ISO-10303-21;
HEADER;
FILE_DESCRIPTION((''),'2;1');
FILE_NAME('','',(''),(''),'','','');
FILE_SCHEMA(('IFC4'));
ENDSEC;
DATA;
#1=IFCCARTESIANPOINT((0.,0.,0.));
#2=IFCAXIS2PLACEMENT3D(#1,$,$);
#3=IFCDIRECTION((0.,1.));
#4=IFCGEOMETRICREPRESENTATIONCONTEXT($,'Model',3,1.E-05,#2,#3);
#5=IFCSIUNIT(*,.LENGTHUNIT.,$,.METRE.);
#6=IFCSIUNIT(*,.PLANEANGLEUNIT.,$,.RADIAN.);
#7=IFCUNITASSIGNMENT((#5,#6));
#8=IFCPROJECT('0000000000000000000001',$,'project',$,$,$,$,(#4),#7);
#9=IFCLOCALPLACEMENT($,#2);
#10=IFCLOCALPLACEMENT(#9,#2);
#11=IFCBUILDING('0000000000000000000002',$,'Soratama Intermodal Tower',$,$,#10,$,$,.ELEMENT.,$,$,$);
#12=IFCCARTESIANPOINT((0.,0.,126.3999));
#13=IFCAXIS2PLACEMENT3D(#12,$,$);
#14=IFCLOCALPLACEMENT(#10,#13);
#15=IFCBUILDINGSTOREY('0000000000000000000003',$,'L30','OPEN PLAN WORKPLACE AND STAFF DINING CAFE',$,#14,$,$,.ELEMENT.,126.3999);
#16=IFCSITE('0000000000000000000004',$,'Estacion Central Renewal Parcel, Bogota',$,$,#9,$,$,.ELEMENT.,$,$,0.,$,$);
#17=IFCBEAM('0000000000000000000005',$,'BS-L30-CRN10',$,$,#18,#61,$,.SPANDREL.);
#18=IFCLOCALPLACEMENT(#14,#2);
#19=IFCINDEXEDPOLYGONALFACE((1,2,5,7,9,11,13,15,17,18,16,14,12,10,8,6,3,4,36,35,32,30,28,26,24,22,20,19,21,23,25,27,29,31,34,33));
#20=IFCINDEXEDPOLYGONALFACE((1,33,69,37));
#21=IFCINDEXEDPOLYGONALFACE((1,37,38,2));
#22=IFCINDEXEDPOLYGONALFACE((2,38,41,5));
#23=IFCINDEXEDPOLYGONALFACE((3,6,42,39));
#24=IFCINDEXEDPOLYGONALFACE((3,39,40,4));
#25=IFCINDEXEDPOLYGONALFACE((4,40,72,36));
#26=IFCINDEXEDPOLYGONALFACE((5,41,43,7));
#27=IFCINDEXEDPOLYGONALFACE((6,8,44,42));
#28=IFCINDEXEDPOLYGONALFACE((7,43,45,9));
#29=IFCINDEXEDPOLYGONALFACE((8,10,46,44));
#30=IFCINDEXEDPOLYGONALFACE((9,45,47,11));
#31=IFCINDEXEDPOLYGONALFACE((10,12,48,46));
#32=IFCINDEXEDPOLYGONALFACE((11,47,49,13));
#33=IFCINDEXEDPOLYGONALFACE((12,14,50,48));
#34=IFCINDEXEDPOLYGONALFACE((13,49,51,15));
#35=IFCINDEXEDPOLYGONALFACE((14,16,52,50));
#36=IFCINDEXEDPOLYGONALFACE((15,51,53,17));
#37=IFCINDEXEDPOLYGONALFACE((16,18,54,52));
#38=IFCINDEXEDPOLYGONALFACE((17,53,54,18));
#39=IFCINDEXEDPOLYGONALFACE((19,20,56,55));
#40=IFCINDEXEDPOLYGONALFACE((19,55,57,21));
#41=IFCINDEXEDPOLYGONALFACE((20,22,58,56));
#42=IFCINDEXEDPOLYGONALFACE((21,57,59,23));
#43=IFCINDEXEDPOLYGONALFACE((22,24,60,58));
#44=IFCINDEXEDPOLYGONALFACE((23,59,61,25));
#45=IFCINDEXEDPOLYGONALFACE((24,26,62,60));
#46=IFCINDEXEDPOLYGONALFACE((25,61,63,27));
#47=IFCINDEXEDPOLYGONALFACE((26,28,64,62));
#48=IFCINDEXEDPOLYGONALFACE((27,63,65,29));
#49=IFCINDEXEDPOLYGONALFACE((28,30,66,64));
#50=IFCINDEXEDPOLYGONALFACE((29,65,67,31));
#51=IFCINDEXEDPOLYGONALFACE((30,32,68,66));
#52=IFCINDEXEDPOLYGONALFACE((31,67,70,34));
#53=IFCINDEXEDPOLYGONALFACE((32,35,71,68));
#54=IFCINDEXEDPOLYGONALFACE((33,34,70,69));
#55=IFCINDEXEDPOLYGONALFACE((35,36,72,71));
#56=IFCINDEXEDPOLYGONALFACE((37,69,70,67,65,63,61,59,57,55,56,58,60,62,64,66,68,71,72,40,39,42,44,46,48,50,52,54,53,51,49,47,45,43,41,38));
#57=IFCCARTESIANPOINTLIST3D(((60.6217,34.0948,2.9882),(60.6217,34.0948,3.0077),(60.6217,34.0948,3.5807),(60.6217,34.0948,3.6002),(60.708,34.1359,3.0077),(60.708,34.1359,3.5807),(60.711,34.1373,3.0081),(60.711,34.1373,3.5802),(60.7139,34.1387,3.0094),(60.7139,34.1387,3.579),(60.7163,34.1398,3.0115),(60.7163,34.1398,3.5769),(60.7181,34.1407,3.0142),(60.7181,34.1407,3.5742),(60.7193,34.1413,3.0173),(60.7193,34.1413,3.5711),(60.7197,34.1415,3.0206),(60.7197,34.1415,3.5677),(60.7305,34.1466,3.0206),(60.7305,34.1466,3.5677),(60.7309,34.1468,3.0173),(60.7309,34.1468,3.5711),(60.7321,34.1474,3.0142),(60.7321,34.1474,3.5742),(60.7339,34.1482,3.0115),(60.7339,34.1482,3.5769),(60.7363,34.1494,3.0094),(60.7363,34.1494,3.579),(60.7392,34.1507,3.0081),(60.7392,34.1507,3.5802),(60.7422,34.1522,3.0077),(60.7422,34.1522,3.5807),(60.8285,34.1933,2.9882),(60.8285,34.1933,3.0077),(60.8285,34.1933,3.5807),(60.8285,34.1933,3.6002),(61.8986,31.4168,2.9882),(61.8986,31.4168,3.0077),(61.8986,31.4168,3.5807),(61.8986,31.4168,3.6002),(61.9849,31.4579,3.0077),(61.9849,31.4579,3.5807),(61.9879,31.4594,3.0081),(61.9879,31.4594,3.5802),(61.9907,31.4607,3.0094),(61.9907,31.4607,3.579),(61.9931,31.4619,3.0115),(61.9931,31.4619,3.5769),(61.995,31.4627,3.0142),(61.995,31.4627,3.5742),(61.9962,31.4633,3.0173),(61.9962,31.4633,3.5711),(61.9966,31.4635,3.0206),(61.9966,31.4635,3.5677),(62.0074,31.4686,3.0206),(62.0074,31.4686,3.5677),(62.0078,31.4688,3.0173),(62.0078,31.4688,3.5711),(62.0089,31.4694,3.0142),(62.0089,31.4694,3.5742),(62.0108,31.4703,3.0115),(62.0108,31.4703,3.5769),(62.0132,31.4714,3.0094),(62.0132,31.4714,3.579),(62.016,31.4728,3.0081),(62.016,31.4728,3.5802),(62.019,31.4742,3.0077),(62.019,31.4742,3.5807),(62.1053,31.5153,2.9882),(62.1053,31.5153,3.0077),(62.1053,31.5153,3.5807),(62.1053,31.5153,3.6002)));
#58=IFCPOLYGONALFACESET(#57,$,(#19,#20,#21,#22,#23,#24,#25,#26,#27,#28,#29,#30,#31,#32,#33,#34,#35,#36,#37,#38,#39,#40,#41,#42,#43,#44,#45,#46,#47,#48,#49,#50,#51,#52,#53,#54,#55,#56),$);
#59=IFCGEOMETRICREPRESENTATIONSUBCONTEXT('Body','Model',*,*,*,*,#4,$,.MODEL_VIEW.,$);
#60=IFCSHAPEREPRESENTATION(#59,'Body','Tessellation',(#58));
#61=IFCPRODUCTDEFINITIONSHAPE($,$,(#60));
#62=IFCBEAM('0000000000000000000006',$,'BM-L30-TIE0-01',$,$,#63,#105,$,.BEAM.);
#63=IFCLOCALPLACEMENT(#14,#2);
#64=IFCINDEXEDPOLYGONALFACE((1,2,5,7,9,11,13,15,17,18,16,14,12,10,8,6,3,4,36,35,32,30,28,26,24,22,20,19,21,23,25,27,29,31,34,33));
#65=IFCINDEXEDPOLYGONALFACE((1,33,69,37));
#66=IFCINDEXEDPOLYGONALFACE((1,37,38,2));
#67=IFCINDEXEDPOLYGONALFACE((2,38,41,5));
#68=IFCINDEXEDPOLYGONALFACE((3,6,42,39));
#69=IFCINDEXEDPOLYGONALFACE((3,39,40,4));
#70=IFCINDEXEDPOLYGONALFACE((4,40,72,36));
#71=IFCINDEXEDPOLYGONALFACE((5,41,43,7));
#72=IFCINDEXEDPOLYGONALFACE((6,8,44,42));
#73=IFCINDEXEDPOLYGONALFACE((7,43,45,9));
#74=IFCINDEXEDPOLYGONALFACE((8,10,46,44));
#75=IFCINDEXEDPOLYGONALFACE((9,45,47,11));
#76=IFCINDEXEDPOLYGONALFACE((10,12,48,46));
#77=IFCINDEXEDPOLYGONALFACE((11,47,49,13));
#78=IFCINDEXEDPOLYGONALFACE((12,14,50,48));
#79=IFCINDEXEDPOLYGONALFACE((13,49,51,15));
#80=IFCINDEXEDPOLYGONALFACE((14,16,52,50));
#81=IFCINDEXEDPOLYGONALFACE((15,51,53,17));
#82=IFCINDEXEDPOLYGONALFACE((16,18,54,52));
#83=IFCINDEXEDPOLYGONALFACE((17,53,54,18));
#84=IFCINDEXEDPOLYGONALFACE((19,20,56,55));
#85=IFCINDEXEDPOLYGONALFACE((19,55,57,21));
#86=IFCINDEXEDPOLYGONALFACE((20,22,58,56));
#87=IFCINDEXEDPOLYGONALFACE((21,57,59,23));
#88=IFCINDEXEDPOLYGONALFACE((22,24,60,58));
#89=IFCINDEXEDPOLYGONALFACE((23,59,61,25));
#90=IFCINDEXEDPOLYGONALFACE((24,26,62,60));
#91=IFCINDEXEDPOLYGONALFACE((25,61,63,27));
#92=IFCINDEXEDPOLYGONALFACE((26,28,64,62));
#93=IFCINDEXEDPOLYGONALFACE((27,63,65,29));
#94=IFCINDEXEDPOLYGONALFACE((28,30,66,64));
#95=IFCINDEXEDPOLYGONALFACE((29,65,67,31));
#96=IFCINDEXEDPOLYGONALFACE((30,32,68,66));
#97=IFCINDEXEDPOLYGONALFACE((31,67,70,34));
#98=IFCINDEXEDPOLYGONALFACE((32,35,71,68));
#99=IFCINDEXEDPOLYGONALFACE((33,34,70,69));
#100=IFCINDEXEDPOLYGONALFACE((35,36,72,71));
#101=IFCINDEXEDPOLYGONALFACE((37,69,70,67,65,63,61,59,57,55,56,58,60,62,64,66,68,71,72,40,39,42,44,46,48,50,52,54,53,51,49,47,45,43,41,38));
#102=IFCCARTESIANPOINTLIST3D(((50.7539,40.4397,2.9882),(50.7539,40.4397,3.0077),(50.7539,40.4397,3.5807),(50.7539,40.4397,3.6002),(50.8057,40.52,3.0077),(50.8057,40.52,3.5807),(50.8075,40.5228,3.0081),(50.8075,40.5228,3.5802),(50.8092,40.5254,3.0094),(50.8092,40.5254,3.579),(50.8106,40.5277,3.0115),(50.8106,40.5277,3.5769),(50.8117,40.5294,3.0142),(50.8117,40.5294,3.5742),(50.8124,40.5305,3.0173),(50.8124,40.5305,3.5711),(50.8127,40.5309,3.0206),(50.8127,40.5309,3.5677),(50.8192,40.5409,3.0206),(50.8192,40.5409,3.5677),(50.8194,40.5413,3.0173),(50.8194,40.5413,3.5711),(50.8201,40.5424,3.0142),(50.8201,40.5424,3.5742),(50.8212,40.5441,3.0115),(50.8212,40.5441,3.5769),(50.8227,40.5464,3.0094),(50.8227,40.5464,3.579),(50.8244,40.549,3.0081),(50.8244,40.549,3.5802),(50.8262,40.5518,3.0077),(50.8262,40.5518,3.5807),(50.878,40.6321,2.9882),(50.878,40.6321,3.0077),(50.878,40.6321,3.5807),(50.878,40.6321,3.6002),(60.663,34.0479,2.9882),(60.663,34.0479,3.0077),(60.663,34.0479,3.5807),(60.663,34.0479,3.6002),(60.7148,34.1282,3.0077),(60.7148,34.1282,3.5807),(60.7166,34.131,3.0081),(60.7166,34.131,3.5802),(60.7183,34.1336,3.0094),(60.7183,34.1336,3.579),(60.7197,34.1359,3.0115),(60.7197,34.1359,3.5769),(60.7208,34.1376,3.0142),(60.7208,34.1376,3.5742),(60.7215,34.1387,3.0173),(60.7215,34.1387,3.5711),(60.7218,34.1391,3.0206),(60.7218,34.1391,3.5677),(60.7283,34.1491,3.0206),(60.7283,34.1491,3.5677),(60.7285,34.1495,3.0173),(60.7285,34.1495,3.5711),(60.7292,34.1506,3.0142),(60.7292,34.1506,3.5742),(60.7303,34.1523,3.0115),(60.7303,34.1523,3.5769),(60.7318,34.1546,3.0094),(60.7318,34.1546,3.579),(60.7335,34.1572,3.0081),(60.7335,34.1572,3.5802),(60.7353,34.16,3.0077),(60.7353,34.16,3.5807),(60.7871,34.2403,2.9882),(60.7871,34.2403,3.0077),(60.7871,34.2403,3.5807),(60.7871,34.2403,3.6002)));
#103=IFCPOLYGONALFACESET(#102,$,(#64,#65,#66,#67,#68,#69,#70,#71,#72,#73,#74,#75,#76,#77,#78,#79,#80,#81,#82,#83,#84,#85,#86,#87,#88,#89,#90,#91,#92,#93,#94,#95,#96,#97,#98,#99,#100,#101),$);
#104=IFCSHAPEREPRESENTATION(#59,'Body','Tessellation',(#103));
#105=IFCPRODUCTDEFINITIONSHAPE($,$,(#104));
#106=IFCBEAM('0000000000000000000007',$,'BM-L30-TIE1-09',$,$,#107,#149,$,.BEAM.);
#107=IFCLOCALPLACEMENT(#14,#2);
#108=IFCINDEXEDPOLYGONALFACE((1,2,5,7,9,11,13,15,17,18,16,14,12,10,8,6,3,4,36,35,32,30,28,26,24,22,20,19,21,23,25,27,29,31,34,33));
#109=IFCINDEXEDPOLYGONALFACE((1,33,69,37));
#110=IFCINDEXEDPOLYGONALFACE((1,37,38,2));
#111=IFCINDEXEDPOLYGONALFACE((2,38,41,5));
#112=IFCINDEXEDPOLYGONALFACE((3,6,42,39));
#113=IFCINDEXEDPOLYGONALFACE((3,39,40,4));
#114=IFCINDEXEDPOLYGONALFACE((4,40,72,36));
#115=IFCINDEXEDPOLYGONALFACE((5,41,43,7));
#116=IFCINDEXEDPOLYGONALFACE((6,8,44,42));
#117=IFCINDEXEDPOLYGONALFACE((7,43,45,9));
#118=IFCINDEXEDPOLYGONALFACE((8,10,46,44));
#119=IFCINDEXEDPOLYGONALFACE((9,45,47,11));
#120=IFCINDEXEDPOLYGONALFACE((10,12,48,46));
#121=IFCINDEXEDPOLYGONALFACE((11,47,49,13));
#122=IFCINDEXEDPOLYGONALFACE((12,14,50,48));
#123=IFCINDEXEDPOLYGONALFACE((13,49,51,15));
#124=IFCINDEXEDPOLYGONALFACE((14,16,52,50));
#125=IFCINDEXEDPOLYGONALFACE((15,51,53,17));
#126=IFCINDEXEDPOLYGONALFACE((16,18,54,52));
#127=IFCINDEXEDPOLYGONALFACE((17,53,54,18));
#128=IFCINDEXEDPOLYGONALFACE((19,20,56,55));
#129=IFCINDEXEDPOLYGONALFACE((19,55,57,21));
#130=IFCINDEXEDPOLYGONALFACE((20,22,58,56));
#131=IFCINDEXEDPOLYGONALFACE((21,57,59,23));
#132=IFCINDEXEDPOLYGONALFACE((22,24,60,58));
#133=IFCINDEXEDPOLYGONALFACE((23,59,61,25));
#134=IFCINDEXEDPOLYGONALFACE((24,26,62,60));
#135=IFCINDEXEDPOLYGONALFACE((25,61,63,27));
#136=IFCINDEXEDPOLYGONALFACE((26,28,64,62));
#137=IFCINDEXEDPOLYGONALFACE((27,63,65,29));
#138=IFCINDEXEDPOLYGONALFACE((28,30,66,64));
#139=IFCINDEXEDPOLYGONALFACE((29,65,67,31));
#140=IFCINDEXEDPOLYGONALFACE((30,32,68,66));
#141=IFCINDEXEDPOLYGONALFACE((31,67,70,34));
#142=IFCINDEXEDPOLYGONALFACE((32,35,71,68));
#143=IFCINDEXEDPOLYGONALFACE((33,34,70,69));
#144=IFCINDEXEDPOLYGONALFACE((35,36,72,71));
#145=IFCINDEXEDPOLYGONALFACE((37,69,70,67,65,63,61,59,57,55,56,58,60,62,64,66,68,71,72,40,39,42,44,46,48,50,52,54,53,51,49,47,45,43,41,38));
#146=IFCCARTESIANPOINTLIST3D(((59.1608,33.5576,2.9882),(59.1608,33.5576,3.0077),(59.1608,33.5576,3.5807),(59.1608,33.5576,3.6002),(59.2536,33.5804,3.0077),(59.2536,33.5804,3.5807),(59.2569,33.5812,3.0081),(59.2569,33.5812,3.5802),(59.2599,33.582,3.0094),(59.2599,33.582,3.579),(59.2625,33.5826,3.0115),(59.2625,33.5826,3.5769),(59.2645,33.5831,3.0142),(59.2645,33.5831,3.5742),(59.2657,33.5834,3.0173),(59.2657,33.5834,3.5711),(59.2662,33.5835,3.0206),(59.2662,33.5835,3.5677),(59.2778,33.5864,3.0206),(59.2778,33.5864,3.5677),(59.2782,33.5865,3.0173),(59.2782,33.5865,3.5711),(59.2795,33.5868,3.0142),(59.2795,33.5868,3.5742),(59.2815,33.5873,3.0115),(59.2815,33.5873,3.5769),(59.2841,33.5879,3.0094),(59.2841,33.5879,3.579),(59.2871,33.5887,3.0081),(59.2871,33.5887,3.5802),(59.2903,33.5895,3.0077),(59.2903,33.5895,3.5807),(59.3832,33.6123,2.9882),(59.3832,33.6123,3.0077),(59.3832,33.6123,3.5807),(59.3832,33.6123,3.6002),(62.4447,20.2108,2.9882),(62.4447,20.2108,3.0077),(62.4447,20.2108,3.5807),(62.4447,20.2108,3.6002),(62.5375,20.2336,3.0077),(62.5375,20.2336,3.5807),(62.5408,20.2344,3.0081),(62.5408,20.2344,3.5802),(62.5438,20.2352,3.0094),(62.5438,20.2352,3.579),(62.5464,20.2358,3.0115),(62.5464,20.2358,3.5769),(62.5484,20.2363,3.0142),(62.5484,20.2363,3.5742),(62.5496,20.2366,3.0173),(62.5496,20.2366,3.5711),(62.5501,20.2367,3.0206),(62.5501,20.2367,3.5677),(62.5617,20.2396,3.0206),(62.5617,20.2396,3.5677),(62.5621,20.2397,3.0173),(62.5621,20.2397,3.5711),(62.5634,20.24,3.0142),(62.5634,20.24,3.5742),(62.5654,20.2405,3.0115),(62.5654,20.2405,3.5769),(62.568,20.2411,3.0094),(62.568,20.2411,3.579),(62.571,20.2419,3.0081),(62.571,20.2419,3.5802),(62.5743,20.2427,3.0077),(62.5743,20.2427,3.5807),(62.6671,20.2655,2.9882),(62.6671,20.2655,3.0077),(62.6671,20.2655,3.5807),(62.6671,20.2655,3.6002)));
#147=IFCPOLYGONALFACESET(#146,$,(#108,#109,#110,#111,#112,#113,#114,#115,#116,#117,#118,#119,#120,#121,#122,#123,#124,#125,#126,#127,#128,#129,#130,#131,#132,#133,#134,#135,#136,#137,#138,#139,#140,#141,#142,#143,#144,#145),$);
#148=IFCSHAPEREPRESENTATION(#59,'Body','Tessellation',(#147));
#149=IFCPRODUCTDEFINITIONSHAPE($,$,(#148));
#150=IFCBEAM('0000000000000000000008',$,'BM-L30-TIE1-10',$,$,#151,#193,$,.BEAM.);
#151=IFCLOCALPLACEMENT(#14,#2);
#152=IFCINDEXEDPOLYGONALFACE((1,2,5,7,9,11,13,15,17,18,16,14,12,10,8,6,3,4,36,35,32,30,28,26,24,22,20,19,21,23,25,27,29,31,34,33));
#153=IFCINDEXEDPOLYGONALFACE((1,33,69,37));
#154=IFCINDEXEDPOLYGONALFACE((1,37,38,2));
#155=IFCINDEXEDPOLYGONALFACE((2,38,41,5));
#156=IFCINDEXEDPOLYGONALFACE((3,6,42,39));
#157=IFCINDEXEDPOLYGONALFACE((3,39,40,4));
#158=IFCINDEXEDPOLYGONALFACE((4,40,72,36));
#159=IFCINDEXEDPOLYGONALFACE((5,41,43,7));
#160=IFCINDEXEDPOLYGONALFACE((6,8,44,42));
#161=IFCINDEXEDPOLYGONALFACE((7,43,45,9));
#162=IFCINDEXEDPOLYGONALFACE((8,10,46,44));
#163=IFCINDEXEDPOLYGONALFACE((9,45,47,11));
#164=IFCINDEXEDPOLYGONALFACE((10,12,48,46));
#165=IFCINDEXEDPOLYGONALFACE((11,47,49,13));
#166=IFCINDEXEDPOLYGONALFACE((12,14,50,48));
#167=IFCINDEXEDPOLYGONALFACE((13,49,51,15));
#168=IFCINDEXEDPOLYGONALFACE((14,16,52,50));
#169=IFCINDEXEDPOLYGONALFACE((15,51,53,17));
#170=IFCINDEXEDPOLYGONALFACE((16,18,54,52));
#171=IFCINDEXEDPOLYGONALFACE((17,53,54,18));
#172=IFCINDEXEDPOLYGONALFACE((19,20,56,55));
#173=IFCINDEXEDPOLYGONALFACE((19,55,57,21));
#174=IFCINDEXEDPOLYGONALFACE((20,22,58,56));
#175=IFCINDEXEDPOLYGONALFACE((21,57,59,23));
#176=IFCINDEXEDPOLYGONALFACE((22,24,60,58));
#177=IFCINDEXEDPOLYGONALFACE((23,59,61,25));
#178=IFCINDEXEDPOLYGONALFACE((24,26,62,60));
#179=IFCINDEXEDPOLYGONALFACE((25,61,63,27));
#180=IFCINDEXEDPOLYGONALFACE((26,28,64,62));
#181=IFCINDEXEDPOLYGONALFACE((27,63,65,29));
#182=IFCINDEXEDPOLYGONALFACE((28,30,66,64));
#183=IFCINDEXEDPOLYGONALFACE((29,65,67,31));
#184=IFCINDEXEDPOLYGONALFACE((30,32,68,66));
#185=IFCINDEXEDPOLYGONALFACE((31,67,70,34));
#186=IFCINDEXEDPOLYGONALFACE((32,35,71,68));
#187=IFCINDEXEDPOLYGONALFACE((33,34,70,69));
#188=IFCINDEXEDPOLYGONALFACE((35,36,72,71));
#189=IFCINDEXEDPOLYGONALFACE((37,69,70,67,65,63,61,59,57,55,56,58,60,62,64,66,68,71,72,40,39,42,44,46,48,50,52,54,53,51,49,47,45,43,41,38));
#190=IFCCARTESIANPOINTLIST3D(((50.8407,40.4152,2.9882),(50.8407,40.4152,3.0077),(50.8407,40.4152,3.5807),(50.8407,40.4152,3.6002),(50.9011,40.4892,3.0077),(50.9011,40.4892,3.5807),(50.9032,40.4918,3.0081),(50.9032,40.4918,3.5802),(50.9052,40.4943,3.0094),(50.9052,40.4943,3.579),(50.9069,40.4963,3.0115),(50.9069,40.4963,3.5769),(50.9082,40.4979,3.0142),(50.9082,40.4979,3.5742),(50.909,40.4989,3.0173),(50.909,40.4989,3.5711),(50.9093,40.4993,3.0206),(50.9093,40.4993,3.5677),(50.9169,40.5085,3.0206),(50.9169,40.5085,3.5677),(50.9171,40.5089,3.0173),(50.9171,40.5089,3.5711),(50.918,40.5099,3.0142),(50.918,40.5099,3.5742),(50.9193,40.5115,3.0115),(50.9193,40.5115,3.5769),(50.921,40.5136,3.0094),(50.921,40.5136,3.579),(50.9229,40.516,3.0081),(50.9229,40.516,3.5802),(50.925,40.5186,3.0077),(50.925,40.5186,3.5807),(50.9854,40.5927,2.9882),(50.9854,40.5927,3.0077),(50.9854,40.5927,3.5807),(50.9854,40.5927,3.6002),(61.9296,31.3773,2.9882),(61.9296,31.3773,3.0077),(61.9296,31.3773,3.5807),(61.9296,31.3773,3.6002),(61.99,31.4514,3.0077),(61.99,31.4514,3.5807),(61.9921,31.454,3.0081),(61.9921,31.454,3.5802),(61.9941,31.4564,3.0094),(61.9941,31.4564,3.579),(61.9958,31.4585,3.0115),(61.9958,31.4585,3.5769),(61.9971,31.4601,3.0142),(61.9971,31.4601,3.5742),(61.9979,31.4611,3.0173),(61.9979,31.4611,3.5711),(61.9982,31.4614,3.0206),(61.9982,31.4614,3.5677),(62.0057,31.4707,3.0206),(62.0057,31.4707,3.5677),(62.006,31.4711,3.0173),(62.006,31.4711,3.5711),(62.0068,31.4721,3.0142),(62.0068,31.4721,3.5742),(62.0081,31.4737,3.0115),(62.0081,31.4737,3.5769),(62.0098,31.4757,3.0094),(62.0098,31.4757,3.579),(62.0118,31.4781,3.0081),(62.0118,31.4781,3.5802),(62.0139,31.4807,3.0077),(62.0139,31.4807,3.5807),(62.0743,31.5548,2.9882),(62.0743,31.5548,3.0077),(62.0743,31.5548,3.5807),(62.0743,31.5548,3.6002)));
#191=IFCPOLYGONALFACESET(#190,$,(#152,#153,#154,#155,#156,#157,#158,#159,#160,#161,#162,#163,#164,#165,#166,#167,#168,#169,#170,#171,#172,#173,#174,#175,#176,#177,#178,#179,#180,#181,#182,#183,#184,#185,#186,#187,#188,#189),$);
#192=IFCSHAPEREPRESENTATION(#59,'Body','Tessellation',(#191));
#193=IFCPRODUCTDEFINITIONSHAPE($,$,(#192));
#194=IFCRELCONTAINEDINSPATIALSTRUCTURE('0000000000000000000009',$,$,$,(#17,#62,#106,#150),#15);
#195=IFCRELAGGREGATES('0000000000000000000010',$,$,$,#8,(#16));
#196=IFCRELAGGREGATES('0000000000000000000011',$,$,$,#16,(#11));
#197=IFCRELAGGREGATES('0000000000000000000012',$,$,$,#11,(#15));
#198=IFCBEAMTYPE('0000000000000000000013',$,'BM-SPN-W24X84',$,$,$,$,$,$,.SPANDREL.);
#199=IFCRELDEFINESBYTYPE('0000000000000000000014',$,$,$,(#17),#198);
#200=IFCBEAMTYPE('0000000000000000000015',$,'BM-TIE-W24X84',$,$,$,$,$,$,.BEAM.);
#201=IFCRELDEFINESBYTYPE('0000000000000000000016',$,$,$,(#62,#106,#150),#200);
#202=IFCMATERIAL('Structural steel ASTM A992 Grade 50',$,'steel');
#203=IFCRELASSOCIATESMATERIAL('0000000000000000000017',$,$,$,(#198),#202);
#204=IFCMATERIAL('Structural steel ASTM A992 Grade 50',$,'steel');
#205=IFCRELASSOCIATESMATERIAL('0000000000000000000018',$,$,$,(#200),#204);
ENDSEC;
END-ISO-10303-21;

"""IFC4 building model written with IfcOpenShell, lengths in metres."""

from ifc_helpers import new_model, si_unit, direction, frame, origin, origin_2d, place, context, subcontext, project, spatial, i_section, extrude, material, material_profile, profile_set, type_object, element, save


model = new_model("IFC4")

# Units and contexts
model_context = context("Model", 3, precision=1e-05, world=origin(), true_north=direction((0.0, 1.0)))
body_context = subcontext(model_context, "Body", "Model", "MODEL_VIEW")
ifc_project = project(units=[si_unit("LENGTHUNIT", "METRE"), si_unit("PLANEANGLEUNIT", "RADIAN")], contexts=[model_context])

# Site, building, storey
site_placement = place(None, origin())
site = spatial("IfcSite", under=ifc_project, at=site_placement, Name="Estacion Central Renewal Parcel, Bogota", CompositionType="ELEMENT", RefElevation=0.0)
building_placement = place(site_placement, origin())
building = spatial("IfcBuilding", under=site, at=building_placement, Name="Soratama Intermodal Tower", CompositionType="ELEMENT")
storey_placement = place(building_placement, frame((0.0, 0.0, 126.3999)))
storey = spatial("IfcBuildingStorey", under=building, at=storey_placement, Name="L30", Description="OPEN PLAN WORKPLACE AND STAFF DINING CAFE", CompositionType="ELEMENT", Elevation=126.3999)

# Beams
ifc_material_1 = material(Name="Structural steel ASTM A992 Grade 50", Category="steel")
ifc_material_profile_1 = material_profile(ifc_material_1, i_section(OverallWidth=0.229, OverallDepth=0.6121, WebThickness=0.012, FlangeThickness=0.0195, FilletRadius=0.0129, at=origin_2d()), Name="W24X84")
ifc_profile_set_1 = profile_set([ifc_material_profile_1], Name="Structural steel ASTM A992 Grade 50")
beam_type_1 = type_object("IfcBeamType", Name="BM-SPN-W24X84", PredefinedType="SPANDREL", material=ifc_profile_set_1)
beam_1_placement = place(storey_placement, frame((62.002, 31.4661, 3.2942), z_axis=(-0.430381, 0.902647, 0.0), x_axis=(-0.902647, -0.430381, 0.0)))
element("IfcBeam", 1, at=beam_1_placement, inside=storey, type_object=beam_type_1, Name="BS-L30-CRN10", PredefinedType="SPANDREL", context=body_context, shape_type="SweptSolid", body=[
    extrude(i_section(OverallWidth=0.229, OverallDepth=0.6121, WebThickness=0.012, FlangeThickness=0.0195, FilletRadius=0.0129, at=origin_2d()), origin(), (0.0, 0.0, 1.0), 2.9668),
])
ifc_material_2 = material(Name="Structural steel ASTM A992 Grade 50", Category="steel")
ifc_material_profile_2 = material_profile(ifc_material_2, i_section(OverallWidth=0.229, OverallDepth=0.6121, WebThickness=0.012, FlangeThickness=0.0195, FilletRadius=0.0129, at=origin_2d()), Name="W24X84")
ifc_profile_set_2 = profile_set([ifc_material_profile_2], Name="Structural steel ASTM A992 Grade 50")
beam_type_2 = type_object("IfcBeamType", Name="BM-TIE-W24X84", PredefinedType="BEAM", material=ifc_profile_set_2)
beam_2_placement = place(storey_placement, frame((50.8159, 40.5359, 3.2942), z_axis=(0.840342, -0.542057, 0.0), x_axis=(0.542057, 0.840342, 0.0)))
element("IfcBeam", 2, at=beam_2_placement, inside=storey, type_object=beam_type_2, Name="BM-L30-TIE0-01", PredefinedType="BEAM", context=body_context, shape_type="SweptSolid", body=[
    extrude(i_section(OverallWidth=0.229, OverallDepth=0.6121, WebThickness=0.012, FlangeThickness=0.0195, FilletRadius=0.0129, at=origin_2d()), origin(), (0.0, 0.0, 1.0), 11.7917),
])
beam_3_placement = place(storey_placement, frame((59.272, 33.585, 3.2942), z_axis=(0.238919, -0.97104, 0.0), x_axis=(0.97104, 0.238919, 0.0)))
element("IfcBeam", 3, at=beam_3_placement, inside=storey, type_object=beam_type_2, Name="BM-L30-TIE1-09", PredefinedType="BEAM", context=body_context, shape_type="SweptSolid", body=[
    extrude(i_section(OverallWidth=0.229, OverallDepth=0.6121, WebThickness=0.012, FlangeThickness=0.0195, FilletRadius=0.0129, at=origin_2d()), origin(), (0.0, 0.0, 1.0), 13.7449),
])
beam_4_placement = place(storey_placement, frame((50.9131, 40.5039, 3.2942), z_axis=(0.77515, -0.631777, 0.0), x_axis=(0.631777, 0.77515, 0.0)))
element("IfcBeam", 4, at=beam_4_placement, inside=storey, type_object=beam_type_2, Name="BM-L30-TIE1-10", PredefinedType="BEAM", context=body_context, shape_type="SweptSolid", body=[
    extrude(i_section(OverallWidth=0.229, OverallDepth=0.6121, WebThickness=0.012, FlangeThickness=0.0195, FilletRadius=0.0129, at=origin_2d()), origin(), (0.0, 0.0, 1.0), 14.3054),
])

save(model, "model.ifc")
